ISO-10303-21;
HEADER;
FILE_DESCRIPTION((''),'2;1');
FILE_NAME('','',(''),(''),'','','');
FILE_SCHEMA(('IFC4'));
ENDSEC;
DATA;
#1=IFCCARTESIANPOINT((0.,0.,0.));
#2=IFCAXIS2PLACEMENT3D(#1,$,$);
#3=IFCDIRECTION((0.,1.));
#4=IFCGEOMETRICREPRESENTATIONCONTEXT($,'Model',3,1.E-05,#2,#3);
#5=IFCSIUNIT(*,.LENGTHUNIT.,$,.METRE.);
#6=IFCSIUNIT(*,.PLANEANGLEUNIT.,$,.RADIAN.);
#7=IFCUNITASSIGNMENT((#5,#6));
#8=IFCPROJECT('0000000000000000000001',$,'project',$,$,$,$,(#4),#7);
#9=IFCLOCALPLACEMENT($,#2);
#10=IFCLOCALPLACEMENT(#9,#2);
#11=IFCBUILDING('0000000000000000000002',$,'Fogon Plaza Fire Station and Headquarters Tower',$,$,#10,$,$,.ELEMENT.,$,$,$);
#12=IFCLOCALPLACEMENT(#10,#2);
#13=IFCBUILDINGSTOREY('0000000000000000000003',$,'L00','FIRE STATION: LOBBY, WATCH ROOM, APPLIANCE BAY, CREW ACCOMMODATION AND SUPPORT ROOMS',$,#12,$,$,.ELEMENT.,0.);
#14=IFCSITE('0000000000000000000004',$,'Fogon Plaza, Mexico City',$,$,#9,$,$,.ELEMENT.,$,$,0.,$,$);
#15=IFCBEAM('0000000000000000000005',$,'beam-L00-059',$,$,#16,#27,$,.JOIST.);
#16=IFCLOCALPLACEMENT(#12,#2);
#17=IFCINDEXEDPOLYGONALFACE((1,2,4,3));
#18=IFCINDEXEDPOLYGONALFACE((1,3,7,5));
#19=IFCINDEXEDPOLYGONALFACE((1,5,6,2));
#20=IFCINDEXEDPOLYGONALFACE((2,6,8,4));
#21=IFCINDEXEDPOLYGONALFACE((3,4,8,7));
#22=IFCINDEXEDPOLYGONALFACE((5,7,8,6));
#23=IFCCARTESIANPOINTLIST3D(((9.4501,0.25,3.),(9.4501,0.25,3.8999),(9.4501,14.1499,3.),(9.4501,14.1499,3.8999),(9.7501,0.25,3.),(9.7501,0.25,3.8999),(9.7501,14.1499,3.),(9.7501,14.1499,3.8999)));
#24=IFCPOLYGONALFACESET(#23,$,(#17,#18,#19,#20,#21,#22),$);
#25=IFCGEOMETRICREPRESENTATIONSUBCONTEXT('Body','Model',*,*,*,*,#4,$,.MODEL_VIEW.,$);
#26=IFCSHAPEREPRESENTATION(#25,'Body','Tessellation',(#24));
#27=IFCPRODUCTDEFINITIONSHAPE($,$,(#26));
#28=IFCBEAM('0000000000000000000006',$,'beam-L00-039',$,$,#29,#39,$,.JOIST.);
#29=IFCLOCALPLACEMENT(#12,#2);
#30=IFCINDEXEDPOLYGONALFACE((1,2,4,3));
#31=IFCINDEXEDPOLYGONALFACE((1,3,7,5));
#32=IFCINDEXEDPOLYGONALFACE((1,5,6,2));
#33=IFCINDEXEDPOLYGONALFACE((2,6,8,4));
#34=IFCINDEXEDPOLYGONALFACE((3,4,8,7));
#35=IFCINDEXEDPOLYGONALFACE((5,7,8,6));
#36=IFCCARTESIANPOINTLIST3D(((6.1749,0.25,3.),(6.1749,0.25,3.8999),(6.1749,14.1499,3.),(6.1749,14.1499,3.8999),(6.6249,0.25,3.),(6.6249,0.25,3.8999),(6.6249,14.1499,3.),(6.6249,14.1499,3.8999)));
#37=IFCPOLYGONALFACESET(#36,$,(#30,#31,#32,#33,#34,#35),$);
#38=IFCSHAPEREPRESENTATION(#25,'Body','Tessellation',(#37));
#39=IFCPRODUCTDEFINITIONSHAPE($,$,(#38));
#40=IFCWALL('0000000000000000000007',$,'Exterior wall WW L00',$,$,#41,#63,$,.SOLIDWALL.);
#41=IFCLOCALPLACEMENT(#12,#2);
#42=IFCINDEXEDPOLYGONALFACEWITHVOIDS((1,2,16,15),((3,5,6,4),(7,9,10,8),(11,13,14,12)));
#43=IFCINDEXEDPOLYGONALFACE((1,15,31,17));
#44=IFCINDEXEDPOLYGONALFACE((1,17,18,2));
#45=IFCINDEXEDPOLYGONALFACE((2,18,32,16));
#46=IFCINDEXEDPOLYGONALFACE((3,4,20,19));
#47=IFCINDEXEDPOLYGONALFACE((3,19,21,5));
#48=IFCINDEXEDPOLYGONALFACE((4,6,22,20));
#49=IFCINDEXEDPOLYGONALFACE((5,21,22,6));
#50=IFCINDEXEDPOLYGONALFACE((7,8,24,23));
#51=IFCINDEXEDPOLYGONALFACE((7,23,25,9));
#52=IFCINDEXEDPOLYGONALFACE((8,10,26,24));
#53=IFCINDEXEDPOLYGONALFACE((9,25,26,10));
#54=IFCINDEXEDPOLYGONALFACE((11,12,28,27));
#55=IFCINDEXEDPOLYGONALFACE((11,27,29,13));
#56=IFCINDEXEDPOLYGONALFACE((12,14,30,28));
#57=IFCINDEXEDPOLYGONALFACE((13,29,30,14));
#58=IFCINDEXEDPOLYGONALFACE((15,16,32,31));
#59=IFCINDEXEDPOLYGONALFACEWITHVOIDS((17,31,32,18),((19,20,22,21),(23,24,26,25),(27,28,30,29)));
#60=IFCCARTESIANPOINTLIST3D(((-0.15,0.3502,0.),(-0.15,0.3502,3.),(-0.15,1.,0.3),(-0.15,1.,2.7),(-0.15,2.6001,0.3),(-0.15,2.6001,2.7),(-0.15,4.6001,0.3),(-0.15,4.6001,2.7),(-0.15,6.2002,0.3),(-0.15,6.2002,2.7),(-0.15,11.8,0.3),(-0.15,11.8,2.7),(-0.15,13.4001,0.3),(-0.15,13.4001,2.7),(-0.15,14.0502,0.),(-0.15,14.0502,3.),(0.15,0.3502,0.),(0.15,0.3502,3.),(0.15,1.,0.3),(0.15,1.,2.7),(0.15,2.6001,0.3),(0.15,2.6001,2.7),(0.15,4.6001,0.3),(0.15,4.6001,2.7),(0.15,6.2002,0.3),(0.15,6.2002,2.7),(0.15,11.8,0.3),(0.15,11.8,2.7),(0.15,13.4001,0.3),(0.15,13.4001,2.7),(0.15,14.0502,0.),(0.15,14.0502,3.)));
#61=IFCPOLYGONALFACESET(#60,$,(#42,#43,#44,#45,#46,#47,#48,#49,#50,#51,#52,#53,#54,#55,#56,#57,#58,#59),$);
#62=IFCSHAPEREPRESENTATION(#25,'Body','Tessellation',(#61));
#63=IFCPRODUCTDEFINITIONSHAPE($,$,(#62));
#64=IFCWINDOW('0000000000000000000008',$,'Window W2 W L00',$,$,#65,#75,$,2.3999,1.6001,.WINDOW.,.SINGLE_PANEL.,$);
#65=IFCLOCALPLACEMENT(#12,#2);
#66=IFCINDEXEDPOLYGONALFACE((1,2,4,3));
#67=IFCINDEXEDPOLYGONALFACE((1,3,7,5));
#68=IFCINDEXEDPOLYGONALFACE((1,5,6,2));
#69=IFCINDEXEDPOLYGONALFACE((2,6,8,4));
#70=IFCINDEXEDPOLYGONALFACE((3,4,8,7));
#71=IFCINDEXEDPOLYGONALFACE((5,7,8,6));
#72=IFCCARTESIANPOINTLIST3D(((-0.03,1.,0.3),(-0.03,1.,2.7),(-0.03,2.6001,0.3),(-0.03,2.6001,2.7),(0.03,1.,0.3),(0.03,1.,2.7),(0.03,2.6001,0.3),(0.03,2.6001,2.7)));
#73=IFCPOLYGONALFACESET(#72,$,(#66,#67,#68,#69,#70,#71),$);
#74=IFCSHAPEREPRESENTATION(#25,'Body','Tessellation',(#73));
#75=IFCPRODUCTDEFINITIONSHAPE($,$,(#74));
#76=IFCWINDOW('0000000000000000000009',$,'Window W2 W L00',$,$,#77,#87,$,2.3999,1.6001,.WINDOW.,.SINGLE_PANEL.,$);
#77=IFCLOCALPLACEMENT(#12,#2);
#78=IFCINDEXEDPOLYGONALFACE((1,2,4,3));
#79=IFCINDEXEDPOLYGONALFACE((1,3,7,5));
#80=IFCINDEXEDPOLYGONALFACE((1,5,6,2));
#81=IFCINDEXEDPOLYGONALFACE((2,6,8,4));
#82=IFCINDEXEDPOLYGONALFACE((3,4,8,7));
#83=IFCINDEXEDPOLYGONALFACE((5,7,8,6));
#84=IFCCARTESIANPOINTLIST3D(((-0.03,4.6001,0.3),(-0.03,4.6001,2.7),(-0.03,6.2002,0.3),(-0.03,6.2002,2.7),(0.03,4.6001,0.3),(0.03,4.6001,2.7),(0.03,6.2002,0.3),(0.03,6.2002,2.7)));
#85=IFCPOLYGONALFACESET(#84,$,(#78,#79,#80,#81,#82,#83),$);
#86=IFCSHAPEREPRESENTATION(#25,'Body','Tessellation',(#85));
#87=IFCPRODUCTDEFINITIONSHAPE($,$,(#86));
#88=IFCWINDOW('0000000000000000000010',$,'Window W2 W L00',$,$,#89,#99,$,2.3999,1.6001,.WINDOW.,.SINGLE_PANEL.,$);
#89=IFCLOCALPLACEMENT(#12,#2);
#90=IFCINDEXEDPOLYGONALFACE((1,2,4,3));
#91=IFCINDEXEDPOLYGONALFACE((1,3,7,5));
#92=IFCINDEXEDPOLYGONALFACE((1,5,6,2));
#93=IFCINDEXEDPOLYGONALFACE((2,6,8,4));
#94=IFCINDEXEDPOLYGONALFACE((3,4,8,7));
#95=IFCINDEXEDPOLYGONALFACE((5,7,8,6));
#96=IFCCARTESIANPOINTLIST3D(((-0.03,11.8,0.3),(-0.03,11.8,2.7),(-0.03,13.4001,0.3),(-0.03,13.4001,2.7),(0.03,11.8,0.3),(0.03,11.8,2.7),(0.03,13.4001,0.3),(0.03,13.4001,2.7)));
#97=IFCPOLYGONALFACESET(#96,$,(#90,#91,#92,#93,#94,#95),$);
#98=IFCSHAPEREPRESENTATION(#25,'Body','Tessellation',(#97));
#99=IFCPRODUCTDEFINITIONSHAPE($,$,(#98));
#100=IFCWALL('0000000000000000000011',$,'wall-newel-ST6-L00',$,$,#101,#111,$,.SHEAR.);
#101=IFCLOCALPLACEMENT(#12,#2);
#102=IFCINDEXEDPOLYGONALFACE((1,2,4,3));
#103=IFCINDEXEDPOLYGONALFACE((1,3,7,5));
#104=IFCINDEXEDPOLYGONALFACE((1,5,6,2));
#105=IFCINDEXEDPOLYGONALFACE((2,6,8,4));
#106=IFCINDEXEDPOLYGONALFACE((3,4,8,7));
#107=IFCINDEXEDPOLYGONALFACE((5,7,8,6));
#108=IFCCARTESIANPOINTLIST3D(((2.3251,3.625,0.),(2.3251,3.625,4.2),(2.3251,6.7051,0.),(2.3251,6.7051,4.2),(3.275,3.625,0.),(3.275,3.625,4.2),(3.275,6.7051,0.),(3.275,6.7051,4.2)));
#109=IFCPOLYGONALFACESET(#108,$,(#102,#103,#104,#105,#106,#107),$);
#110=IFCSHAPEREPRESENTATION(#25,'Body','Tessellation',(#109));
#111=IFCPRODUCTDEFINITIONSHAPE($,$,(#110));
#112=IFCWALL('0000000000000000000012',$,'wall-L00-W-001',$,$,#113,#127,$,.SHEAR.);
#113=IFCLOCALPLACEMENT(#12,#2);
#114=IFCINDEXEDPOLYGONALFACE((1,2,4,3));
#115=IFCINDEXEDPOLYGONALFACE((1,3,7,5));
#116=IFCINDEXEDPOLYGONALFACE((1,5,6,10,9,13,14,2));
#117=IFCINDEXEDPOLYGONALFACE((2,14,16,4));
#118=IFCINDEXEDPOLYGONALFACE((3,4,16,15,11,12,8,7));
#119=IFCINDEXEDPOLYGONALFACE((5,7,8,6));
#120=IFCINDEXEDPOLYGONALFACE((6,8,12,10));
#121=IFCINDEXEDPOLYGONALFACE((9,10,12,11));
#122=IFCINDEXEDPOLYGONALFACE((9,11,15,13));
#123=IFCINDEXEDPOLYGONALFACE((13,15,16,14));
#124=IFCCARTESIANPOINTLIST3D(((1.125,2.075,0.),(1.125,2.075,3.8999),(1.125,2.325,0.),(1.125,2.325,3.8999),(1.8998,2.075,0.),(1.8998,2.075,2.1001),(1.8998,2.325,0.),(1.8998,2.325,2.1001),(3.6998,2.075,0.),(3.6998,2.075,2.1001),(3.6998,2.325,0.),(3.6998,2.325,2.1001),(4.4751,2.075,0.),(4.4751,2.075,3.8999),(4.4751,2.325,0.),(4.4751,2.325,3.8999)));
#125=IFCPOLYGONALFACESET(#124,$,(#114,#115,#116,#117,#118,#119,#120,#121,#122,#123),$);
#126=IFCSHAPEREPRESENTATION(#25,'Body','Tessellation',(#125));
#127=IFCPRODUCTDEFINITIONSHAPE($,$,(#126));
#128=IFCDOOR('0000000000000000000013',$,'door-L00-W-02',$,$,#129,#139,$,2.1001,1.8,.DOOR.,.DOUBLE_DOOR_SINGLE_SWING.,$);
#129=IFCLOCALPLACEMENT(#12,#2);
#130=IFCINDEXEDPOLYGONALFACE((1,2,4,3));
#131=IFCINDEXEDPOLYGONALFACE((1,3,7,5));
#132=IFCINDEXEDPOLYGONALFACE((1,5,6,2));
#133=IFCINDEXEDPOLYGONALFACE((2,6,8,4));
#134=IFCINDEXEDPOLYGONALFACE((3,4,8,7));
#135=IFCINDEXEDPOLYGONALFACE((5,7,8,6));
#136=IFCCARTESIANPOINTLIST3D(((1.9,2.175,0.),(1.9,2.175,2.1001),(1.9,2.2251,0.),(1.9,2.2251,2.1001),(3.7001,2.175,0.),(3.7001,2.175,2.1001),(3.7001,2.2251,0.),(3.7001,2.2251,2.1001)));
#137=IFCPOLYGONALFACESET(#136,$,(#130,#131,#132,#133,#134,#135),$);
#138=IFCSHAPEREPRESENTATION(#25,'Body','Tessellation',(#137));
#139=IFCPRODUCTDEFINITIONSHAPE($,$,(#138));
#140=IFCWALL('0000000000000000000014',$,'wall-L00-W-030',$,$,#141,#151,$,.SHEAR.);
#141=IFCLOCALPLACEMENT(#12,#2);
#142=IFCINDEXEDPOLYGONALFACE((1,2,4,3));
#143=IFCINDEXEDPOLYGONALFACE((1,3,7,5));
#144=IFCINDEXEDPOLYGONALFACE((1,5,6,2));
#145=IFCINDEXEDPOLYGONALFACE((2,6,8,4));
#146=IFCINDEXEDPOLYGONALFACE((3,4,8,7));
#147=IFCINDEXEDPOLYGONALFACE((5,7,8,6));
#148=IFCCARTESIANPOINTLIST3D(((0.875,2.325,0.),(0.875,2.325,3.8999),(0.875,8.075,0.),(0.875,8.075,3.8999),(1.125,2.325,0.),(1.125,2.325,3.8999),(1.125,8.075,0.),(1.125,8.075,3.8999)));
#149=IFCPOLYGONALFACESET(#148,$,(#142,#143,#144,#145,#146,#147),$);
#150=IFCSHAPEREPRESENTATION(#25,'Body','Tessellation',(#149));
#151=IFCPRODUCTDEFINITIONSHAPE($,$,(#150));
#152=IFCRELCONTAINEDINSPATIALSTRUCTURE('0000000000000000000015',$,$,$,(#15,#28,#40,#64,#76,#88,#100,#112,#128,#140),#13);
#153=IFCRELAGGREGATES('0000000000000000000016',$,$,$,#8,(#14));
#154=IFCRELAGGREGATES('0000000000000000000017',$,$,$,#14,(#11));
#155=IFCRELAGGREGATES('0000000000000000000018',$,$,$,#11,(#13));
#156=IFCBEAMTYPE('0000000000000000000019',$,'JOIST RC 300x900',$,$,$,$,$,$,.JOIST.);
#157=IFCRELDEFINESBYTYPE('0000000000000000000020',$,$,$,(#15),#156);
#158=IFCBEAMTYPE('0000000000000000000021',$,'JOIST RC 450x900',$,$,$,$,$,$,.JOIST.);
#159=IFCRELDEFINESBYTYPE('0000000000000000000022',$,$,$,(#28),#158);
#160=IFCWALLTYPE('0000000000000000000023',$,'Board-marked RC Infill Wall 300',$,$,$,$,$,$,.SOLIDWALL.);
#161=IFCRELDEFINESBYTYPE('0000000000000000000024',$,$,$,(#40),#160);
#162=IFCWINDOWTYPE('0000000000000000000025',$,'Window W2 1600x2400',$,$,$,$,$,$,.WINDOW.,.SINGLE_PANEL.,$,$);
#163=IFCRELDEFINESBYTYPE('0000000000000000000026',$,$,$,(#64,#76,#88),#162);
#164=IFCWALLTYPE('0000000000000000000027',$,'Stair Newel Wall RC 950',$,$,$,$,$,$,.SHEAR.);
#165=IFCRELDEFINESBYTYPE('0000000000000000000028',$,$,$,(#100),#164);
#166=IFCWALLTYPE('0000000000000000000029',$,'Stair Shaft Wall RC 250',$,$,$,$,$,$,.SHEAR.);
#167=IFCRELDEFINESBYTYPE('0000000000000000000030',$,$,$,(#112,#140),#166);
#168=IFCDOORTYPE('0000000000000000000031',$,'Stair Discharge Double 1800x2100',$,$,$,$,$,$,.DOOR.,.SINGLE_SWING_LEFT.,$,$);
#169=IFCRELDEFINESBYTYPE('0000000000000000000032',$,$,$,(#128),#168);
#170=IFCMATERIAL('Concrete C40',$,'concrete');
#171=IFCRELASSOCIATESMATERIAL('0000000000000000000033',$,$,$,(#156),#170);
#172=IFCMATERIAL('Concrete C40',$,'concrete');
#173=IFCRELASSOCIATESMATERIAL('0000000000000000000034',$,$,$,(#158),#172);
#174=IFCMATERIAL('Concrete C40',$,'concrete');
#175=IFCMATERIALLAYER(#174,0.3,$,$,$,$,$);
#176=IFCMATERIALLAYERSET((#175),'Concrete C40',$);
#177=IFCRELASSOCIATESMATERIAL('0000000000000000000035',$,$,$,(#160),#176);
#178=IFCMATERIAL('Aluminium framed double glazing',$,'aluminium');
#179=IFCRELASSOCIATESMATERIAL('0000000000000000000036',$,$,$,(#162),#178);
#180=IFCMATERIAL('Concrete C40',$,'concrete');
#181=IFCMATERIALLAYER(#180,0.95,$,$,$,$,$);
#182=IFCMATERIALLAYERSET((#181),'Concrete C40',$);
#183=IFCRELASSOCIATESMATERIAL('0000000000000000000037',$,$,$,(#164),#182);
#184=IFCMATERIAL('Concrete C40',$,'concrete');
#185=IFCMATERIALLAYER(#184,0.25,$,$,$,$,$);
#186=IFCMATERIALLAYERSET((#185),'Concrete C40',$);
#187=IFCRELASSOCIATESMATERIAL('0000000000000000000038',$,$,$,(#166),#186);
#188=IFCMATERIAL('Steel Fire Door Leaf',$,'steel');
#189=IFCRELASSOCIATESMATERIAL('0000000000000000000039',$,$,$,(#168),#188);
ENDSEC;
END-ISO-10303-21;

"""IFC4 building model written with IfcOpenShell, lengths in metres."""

from ifc_helpers import new_model, si_unit, direction, frame, frame_2d, origin, origin_2d, place, context, subcontext, project, spatial, rectangle, extrude, material, layer, layer_set, material_profile, profile_set, type_object, element, fill, save


model = new_model("IFC4")

# Units and contexts
model_context = context("Model", 3, precision=1e-05, world=origin(), true_north=direction((0.0, 1.0)))
body_context = subcontext(model_context, "Body", "Model", "MODEL_VIEW")
ifc_project = project(units=[si_unit("LENGTHUNIT", "METRE"), si_unit("PLANEANGLEUNIT", "RADIAN")], contexts=[model_context])

# Site, building, storey
site_placement = place(None, origin())
site = spatial("IfcSite", under=ifc_project, at=site_placement, Name="Fogon Plaza, Mexico City", CompositionType="ELEMENT", RefElevation=0.0)
building_placement = place(site_placement, origin())
building = spatial("IfcBuilding", under=site, at=building_placement, Name="Fogon Plaza Fire Station and Headquarters Tower", CompositionType="ELEMENT")
storey_placement = place(building_placement, origin())
storey = spatial("IfcBuildingStorey", under=building, at=storey_placement, Name="L00", Description="FIRE STATION: LOBBY, WATCH ROOM, APPLIANCE BAY, CREW ACCOMMODATION AND SUPPORT ROOMS", CompositionType="ELEMENT", Elevation=0.0)

# Beams
ifc_material_1 = material(Name="Concrete C40", Category="concrete")
ifc_material_profile_1 = material_profile(ifc_material_1, rectangle(XDim=0.3, YDim=0.8999, at=origin_2d()), Name="RC 300x900")
ifc_profile_set_1 = profile_set([ifc_material_profile_1], Name="Concrete C40")
beam_type_1 = type_object("IfcBeamType", Name="JOIST RC 300x900", PredefinedType="JOIST", material=ifc_profile_set_1)
beam_1_placement = place(storey_placement, frame((9.6001, 0.25, 3.45), z_axis=(0.0, 1.0, 0.0), x_axis=(-1.0, 0.0, 0.0)))
element("IfcBeam", 1, at=beam_1_placement, inside=storey, type_object=beam_type_1, Name="beam-L00-059", PredefinedType="JOIST", context=body_context, shape_type="SweptSolid", body=[
    extrude(rectangle(XDim=0.3, YDim=0.8999, at=origin_2d()), origin(), (0.0, 0.0, 1.0), 13.8999),
])
ifc_material_2 = material(Name="Concrete C40", Category="concrete")
ifc_material_profile_2 = material_profile(ifc_material_2, rectangle(XDim=0.45, YDim=0.8999, at=origin_2d()), Name="RC 450x900")
ifc_profile_set_2 = profile_set([ifc_material_profile_2], Name="Concrete C40")
beam_type_2 = type_object("IfcBeamType", Name="JOIST RC 450x900", PredefinedType="JOIST", material=ifc_profile_set_2)
beam_2_placement = place(storey_placement, frame((6.3999, 0.25, 3.45), z_axis=(0.0, 1.0, 0.0), x_axis=(-1.0, 0.0, 0.0)))
element("IfcBeam", 2, at=beam_2_placement, inside=storey, type_object=beam_type_2, Name="beam-L00-039", PredefinedType="JOIST", context=body_context, shape_type="SweptSolid", body=[
    extrude(rectangle(XDim=0.45, YDim=0.8999, at=origin_2d()), origin(), (0.0, 0.0, 1.0), 13.8999),
])

# Wall, openings, windows
ifc_material_3 = material(Name="Concrete C40", Category="concrete")
ifc_layer_1 = layer(ifc_material_3, 0.3)
ifc_layer_set_1 = layer_set([ifc_layer_1], Name="Concrete C40")
wall_type_1 = type_object("IfcWallType", Name="Board-marked RC Infill Wall 300", PredefinedType="SOLIDWALL", material=ifc_layer_set_1)
wall_1_placement = place(storey_placement, frame((0.0, 0.3501, 0.0), z_axis=(0.0, 0.0, 1.0), x_axis=(0.0, 1.0, 0.0)))
wall_1 = element("IfcWall", 3, at=wall_1_placement, inside=storey, type_object=wall_type_1, Name="Exterior wall WW L00", PredefinedType="SOLIDWALL", context=body_context, shape_type="SweptSolid", body=[
    extrude(rectangle(XDim=13.7, YDim=0.3, at=frame_2d((6.8501, 0.0))), origin(), (0.0, 0.0, 1.0), 3.0),
])
opening_1_placement = place(wall_1_placement, frame((0.6499, 0.0, 0.3)))
opening_1 = element("IfcOpeningElement", 4, at=opening_1_placement, cuts=wall_1, PredefinedType="OPENING", context=body_context, shape_type="SweptSolid", body=[
    extrude(rectangle(XDim=1.6001, YDim=2.3999, at=frame_2d((0.8, 1.2))), frame((0.0, 0.1599, 0.0), z_axis=(0.0, -1.0, 0.0), x_axis=(1.0, 0.0, 0.0)), (0.0, 0.0, 1.0), 0.3201),
])
opening_2_placement = place(wall_1_placement, frame((4.25, 0.0, 0.3)))
opening_2 = element("IfcOpeningElement", 5, at=opening_2_placement, cuts=wall_1, PredefinedType="OPENING", context=body_context, shape_type="SweptSolid", body=[
    extrude(rectangle(XDim=1.6001, YDim=2.3999, at=frame_2d((0.8, 1.2))), frame((0.0, 0.1599, 0.0), z_axis=(0.0, -1.0, 0.0), x_axis=(1.0, 0.0, 0.0)), (0.0, 0.0, 1.0), 0.3201),
])
opening_3_placement = place(wall_1_placement, frame((11.45, 0.0, 0.3)))
opening_3 = element("IfcOpeningElement", 6, at=opening_3_placement, cuts=wall_1, PredefinedType="OPENING", context=body_context, shape_type="SweptSolid", body=[
    extrude(rectangle(XDim=1.6001, YDim=2.3999, at=frame_2d((0.8, 1.2))), frame((0.0, 0.1599, 0.0), z_axis=(0.0, -1.0, 0.0), x_axis=(1.0, 0.0, 0.0)), (0.0, 0.0, 1.0), 0.3201),
])
ifc_material_4 = material(Name="Aluminium framed double glazing", Category="aluminium")
window_type = type_object("IfcWindowType", Name="Window W2 1600x2400", PartitioningType="SINGLE_PANEL", PredefinedType="WINDOW", material=ifc_material_4)
window_1_placement = place(opening_1_placement, origin())
window_1 = element("IfcWindow", 7, at=window_1_placement, inside=storey, type_object=window_type, Name="Window W2 W L00", OverallHeight=2.3999, OverallWidth=1.6001, PartitioningType="SINGLE_PANEL", PredefinedType="WINDOW", context=body_context, shape_type="SweptSolid", body=[
    extrude(rectangle(XDim=1.6001, YDim=2.3999, at=frame_2d((0.8, 1.2))), frame((0.0, 0.03, 0.0), z_axis=(0.0, -1.0, 0.0), x_axis=(1.0, 0.0, 0.0)), (0.0, 0.0, 1.0), 0.0601),
])
fill(opening_1, window_1)
window_2_placement = place(opening_2_placement, origin())
window_2 = element("IfcWindow", 8, at=window_2_placement, inside=storey, type_object=window_type, Name="Window W2 W L00", OverallHeight=2.3999, OverallWidth=1.6001, PartitioningType="SINGLE_PANEL", PredefinedType="WINDOW", context=body_context, shape_type="SweptSolid", body=[
    extrude(rectangle(XDim=1.6001, YDim=2.3999, at=frame_2d((0.8, 1.2))), frame((0.0, 0.03, 0.0), z_axis=(0.0, -1.0, 0.0), x_axis=(1.0, 0.0, 0.0)), (0.0, 0.0, 1.0), 0.0601),
])
fill(opening_2, window_2)
window_3_placement = place(opening_3_placement, origin())
window_3 = element("IfcWindow", 9, at=window_3_placement, inside=storey, type_object=window_type, Name="Window W2 W L00", OverallHeight=2.3999, OverallWidth=1.6001, PartitioningType="SINGLE_PANEL", PredefinedType="WINDOW", context=body_context, shape_type="SweptSolid", body=[
    extrude(rectangle(XDim=1.6001, YDim=2.3999, at=frame_2d((0.8, 1.2))), frame((0.0, 0.03, 0.0), z_axis=(0.0, -1.0, 0.0), x_axis=(1.0, 0.0, 0.0)), (0.0, 0.0, 1.0), 0.0601),
])
fill(opening_3, window_3)

# Wall
ifc_material_5 = material(Name="Concrete C40", Category="concrete")
ifc_layer_2 = layer(ifc_material_5, 0.95)
ifc_layer_set_2 = layer_set([ifc_layer_2], Name="Concrete C40")
wall_type_2 = type_object("IfcWallType", Name="Stair Newel Wall RC 950", PredefinedType="SHEAR", material=ifc_layer_set_2)
wall_2_placement = place(storey_placement, frame((2.8, 3.625, 0.0), z_axis=(0.0, 0.0, 1.0), x_axis=(0.0, 1.0, 0.0)))
element("IfcWall", 10, at=wall_2_placement, inside=storey, type_object=wall_type_2, Name="wall-newel-ST6-L00", PredefinedType="SHEAR", context=body_context, shape_type="SweptSolid", body=[
    extrude(rectangle(XDim=3.0801, YDim=0.95, at=frame_2d((1.54, 0.0))), origin(), (0.0, 0.0, 1.0), 4.2),
])

# Wall, opening, door
ifc_material_6 = material(Name="Concrete C40", Category="concrete")
ifc_layer_3 = layer(ifc_material_6, 0.25)
ifc_layer_set_3 = layer_set([ifc_layer_3], Name="Concrete C40")
wall_type_3 = type_object("IfcWallType", Name="Stair Shaft Wall RC 250", PredefinedType="SHEAR", material=ifc_layer_set_3)
wall_3_placement = place(storey_placement, frame((1.125, 2.2, 0.0), z_axis=(0.0, 0.0, 1.0), x_axis=(1.0, 0.0, 0.0)))
wall_3 = element("IfcWall", 11, at=wall_3_placement, inside=storey, type_object=wall_type_3, Name="wall-L00-W-001", PredefinedType="SHEAR", context=body_context, shape_type="SweptSolid", body=[
    extrude(rectangle(XDim=3.3501, YDim=0.25, at=frame_2d((1.675, 0.0))), origin(), (0.0, 0.0, 1.0), 3.8999),
])
opening_4_placement = place(wall_3_placement, frame((0.7749, 0.0, 0.0)))
opening_4 = element("IfcOpeningElement", 12, at=opening_4_placement, cuts=wall_3, PredefinedType="OPENING", context=body_context, shape_type="SweptSolid", body=[
    extrude(rectangle(XDim=1.8, YDim=2.1001, at=frame_2d((0.8999, 1.05))), frame((0.0, 0.135, 0.0), z_axis=(0.0, -1.0, 0.0), x_axis=(1.0, 0.0, 0.0)), (0.0, 0.0, 1.0), 0.27),
])
ifc_material_7 = material(Name="Steel Fire Door Leaf", Category="steel")
door_type_1 = type_object("IfcDoorType", Name="Stair Discharge Double 1800x2100", OperationType="SINGLE_SWING_LEFT", PredefinedType="DOOR", material=ifc_material_7)
door_1_placement = place(opening_4_placement, frame((1.8, 0.0, 0.0), z_axis=(0.0, 0.0, 1.0), x_axis=(-1.0, 0.0, 0.0)))
door_1 = element("IfcDoor", 13, at=door_1_placement, inside=storey, type_object=door_type_1, Name="door-L00-W-02", OperationType="DOUBLE_DOOR_SINGLE_SWING", OverallHeight=2.1001, OverallWidth=1.8, PredefinedType="DOOR", context=body_context, shape_type="SweptSolid", body=[
    extrude(rectangle(XDim=1.8, YDim=2.1001, at=frame_2d((0.8999, 1.05))), frame((0.0, 0.0249, 0.0), z_axis=(0.0, -1.0, 0.0), x_axis=(1.0, 0.0, 0.0)), (0.0, 0.0, 1.0), 0.05),
])
fill(opening_4, door_1)

# Wall
wall_4_placement = place(storey_placement, frame((1.0, 2.325, 0.0), z_axis=(0.0, 0.0, 1.0), x_axis=(0.0, 1.0, 0.0)))
element("IfcWall", 14, at=wall_4_placement, inside=storey, type_object=wall_type_3, Name="wall-L00-W-030", PredefinedType="SHEAR", context=body_context, shape_type="SweptSolid", body=[
    extrude(rectangle(XDim=5.75, YDim=0.25, at=frame_2d((2.875, 0.0))), origin(), (0.0, 0.0, 1.0), 3.8999),
])

save(model, "model.ifc")
